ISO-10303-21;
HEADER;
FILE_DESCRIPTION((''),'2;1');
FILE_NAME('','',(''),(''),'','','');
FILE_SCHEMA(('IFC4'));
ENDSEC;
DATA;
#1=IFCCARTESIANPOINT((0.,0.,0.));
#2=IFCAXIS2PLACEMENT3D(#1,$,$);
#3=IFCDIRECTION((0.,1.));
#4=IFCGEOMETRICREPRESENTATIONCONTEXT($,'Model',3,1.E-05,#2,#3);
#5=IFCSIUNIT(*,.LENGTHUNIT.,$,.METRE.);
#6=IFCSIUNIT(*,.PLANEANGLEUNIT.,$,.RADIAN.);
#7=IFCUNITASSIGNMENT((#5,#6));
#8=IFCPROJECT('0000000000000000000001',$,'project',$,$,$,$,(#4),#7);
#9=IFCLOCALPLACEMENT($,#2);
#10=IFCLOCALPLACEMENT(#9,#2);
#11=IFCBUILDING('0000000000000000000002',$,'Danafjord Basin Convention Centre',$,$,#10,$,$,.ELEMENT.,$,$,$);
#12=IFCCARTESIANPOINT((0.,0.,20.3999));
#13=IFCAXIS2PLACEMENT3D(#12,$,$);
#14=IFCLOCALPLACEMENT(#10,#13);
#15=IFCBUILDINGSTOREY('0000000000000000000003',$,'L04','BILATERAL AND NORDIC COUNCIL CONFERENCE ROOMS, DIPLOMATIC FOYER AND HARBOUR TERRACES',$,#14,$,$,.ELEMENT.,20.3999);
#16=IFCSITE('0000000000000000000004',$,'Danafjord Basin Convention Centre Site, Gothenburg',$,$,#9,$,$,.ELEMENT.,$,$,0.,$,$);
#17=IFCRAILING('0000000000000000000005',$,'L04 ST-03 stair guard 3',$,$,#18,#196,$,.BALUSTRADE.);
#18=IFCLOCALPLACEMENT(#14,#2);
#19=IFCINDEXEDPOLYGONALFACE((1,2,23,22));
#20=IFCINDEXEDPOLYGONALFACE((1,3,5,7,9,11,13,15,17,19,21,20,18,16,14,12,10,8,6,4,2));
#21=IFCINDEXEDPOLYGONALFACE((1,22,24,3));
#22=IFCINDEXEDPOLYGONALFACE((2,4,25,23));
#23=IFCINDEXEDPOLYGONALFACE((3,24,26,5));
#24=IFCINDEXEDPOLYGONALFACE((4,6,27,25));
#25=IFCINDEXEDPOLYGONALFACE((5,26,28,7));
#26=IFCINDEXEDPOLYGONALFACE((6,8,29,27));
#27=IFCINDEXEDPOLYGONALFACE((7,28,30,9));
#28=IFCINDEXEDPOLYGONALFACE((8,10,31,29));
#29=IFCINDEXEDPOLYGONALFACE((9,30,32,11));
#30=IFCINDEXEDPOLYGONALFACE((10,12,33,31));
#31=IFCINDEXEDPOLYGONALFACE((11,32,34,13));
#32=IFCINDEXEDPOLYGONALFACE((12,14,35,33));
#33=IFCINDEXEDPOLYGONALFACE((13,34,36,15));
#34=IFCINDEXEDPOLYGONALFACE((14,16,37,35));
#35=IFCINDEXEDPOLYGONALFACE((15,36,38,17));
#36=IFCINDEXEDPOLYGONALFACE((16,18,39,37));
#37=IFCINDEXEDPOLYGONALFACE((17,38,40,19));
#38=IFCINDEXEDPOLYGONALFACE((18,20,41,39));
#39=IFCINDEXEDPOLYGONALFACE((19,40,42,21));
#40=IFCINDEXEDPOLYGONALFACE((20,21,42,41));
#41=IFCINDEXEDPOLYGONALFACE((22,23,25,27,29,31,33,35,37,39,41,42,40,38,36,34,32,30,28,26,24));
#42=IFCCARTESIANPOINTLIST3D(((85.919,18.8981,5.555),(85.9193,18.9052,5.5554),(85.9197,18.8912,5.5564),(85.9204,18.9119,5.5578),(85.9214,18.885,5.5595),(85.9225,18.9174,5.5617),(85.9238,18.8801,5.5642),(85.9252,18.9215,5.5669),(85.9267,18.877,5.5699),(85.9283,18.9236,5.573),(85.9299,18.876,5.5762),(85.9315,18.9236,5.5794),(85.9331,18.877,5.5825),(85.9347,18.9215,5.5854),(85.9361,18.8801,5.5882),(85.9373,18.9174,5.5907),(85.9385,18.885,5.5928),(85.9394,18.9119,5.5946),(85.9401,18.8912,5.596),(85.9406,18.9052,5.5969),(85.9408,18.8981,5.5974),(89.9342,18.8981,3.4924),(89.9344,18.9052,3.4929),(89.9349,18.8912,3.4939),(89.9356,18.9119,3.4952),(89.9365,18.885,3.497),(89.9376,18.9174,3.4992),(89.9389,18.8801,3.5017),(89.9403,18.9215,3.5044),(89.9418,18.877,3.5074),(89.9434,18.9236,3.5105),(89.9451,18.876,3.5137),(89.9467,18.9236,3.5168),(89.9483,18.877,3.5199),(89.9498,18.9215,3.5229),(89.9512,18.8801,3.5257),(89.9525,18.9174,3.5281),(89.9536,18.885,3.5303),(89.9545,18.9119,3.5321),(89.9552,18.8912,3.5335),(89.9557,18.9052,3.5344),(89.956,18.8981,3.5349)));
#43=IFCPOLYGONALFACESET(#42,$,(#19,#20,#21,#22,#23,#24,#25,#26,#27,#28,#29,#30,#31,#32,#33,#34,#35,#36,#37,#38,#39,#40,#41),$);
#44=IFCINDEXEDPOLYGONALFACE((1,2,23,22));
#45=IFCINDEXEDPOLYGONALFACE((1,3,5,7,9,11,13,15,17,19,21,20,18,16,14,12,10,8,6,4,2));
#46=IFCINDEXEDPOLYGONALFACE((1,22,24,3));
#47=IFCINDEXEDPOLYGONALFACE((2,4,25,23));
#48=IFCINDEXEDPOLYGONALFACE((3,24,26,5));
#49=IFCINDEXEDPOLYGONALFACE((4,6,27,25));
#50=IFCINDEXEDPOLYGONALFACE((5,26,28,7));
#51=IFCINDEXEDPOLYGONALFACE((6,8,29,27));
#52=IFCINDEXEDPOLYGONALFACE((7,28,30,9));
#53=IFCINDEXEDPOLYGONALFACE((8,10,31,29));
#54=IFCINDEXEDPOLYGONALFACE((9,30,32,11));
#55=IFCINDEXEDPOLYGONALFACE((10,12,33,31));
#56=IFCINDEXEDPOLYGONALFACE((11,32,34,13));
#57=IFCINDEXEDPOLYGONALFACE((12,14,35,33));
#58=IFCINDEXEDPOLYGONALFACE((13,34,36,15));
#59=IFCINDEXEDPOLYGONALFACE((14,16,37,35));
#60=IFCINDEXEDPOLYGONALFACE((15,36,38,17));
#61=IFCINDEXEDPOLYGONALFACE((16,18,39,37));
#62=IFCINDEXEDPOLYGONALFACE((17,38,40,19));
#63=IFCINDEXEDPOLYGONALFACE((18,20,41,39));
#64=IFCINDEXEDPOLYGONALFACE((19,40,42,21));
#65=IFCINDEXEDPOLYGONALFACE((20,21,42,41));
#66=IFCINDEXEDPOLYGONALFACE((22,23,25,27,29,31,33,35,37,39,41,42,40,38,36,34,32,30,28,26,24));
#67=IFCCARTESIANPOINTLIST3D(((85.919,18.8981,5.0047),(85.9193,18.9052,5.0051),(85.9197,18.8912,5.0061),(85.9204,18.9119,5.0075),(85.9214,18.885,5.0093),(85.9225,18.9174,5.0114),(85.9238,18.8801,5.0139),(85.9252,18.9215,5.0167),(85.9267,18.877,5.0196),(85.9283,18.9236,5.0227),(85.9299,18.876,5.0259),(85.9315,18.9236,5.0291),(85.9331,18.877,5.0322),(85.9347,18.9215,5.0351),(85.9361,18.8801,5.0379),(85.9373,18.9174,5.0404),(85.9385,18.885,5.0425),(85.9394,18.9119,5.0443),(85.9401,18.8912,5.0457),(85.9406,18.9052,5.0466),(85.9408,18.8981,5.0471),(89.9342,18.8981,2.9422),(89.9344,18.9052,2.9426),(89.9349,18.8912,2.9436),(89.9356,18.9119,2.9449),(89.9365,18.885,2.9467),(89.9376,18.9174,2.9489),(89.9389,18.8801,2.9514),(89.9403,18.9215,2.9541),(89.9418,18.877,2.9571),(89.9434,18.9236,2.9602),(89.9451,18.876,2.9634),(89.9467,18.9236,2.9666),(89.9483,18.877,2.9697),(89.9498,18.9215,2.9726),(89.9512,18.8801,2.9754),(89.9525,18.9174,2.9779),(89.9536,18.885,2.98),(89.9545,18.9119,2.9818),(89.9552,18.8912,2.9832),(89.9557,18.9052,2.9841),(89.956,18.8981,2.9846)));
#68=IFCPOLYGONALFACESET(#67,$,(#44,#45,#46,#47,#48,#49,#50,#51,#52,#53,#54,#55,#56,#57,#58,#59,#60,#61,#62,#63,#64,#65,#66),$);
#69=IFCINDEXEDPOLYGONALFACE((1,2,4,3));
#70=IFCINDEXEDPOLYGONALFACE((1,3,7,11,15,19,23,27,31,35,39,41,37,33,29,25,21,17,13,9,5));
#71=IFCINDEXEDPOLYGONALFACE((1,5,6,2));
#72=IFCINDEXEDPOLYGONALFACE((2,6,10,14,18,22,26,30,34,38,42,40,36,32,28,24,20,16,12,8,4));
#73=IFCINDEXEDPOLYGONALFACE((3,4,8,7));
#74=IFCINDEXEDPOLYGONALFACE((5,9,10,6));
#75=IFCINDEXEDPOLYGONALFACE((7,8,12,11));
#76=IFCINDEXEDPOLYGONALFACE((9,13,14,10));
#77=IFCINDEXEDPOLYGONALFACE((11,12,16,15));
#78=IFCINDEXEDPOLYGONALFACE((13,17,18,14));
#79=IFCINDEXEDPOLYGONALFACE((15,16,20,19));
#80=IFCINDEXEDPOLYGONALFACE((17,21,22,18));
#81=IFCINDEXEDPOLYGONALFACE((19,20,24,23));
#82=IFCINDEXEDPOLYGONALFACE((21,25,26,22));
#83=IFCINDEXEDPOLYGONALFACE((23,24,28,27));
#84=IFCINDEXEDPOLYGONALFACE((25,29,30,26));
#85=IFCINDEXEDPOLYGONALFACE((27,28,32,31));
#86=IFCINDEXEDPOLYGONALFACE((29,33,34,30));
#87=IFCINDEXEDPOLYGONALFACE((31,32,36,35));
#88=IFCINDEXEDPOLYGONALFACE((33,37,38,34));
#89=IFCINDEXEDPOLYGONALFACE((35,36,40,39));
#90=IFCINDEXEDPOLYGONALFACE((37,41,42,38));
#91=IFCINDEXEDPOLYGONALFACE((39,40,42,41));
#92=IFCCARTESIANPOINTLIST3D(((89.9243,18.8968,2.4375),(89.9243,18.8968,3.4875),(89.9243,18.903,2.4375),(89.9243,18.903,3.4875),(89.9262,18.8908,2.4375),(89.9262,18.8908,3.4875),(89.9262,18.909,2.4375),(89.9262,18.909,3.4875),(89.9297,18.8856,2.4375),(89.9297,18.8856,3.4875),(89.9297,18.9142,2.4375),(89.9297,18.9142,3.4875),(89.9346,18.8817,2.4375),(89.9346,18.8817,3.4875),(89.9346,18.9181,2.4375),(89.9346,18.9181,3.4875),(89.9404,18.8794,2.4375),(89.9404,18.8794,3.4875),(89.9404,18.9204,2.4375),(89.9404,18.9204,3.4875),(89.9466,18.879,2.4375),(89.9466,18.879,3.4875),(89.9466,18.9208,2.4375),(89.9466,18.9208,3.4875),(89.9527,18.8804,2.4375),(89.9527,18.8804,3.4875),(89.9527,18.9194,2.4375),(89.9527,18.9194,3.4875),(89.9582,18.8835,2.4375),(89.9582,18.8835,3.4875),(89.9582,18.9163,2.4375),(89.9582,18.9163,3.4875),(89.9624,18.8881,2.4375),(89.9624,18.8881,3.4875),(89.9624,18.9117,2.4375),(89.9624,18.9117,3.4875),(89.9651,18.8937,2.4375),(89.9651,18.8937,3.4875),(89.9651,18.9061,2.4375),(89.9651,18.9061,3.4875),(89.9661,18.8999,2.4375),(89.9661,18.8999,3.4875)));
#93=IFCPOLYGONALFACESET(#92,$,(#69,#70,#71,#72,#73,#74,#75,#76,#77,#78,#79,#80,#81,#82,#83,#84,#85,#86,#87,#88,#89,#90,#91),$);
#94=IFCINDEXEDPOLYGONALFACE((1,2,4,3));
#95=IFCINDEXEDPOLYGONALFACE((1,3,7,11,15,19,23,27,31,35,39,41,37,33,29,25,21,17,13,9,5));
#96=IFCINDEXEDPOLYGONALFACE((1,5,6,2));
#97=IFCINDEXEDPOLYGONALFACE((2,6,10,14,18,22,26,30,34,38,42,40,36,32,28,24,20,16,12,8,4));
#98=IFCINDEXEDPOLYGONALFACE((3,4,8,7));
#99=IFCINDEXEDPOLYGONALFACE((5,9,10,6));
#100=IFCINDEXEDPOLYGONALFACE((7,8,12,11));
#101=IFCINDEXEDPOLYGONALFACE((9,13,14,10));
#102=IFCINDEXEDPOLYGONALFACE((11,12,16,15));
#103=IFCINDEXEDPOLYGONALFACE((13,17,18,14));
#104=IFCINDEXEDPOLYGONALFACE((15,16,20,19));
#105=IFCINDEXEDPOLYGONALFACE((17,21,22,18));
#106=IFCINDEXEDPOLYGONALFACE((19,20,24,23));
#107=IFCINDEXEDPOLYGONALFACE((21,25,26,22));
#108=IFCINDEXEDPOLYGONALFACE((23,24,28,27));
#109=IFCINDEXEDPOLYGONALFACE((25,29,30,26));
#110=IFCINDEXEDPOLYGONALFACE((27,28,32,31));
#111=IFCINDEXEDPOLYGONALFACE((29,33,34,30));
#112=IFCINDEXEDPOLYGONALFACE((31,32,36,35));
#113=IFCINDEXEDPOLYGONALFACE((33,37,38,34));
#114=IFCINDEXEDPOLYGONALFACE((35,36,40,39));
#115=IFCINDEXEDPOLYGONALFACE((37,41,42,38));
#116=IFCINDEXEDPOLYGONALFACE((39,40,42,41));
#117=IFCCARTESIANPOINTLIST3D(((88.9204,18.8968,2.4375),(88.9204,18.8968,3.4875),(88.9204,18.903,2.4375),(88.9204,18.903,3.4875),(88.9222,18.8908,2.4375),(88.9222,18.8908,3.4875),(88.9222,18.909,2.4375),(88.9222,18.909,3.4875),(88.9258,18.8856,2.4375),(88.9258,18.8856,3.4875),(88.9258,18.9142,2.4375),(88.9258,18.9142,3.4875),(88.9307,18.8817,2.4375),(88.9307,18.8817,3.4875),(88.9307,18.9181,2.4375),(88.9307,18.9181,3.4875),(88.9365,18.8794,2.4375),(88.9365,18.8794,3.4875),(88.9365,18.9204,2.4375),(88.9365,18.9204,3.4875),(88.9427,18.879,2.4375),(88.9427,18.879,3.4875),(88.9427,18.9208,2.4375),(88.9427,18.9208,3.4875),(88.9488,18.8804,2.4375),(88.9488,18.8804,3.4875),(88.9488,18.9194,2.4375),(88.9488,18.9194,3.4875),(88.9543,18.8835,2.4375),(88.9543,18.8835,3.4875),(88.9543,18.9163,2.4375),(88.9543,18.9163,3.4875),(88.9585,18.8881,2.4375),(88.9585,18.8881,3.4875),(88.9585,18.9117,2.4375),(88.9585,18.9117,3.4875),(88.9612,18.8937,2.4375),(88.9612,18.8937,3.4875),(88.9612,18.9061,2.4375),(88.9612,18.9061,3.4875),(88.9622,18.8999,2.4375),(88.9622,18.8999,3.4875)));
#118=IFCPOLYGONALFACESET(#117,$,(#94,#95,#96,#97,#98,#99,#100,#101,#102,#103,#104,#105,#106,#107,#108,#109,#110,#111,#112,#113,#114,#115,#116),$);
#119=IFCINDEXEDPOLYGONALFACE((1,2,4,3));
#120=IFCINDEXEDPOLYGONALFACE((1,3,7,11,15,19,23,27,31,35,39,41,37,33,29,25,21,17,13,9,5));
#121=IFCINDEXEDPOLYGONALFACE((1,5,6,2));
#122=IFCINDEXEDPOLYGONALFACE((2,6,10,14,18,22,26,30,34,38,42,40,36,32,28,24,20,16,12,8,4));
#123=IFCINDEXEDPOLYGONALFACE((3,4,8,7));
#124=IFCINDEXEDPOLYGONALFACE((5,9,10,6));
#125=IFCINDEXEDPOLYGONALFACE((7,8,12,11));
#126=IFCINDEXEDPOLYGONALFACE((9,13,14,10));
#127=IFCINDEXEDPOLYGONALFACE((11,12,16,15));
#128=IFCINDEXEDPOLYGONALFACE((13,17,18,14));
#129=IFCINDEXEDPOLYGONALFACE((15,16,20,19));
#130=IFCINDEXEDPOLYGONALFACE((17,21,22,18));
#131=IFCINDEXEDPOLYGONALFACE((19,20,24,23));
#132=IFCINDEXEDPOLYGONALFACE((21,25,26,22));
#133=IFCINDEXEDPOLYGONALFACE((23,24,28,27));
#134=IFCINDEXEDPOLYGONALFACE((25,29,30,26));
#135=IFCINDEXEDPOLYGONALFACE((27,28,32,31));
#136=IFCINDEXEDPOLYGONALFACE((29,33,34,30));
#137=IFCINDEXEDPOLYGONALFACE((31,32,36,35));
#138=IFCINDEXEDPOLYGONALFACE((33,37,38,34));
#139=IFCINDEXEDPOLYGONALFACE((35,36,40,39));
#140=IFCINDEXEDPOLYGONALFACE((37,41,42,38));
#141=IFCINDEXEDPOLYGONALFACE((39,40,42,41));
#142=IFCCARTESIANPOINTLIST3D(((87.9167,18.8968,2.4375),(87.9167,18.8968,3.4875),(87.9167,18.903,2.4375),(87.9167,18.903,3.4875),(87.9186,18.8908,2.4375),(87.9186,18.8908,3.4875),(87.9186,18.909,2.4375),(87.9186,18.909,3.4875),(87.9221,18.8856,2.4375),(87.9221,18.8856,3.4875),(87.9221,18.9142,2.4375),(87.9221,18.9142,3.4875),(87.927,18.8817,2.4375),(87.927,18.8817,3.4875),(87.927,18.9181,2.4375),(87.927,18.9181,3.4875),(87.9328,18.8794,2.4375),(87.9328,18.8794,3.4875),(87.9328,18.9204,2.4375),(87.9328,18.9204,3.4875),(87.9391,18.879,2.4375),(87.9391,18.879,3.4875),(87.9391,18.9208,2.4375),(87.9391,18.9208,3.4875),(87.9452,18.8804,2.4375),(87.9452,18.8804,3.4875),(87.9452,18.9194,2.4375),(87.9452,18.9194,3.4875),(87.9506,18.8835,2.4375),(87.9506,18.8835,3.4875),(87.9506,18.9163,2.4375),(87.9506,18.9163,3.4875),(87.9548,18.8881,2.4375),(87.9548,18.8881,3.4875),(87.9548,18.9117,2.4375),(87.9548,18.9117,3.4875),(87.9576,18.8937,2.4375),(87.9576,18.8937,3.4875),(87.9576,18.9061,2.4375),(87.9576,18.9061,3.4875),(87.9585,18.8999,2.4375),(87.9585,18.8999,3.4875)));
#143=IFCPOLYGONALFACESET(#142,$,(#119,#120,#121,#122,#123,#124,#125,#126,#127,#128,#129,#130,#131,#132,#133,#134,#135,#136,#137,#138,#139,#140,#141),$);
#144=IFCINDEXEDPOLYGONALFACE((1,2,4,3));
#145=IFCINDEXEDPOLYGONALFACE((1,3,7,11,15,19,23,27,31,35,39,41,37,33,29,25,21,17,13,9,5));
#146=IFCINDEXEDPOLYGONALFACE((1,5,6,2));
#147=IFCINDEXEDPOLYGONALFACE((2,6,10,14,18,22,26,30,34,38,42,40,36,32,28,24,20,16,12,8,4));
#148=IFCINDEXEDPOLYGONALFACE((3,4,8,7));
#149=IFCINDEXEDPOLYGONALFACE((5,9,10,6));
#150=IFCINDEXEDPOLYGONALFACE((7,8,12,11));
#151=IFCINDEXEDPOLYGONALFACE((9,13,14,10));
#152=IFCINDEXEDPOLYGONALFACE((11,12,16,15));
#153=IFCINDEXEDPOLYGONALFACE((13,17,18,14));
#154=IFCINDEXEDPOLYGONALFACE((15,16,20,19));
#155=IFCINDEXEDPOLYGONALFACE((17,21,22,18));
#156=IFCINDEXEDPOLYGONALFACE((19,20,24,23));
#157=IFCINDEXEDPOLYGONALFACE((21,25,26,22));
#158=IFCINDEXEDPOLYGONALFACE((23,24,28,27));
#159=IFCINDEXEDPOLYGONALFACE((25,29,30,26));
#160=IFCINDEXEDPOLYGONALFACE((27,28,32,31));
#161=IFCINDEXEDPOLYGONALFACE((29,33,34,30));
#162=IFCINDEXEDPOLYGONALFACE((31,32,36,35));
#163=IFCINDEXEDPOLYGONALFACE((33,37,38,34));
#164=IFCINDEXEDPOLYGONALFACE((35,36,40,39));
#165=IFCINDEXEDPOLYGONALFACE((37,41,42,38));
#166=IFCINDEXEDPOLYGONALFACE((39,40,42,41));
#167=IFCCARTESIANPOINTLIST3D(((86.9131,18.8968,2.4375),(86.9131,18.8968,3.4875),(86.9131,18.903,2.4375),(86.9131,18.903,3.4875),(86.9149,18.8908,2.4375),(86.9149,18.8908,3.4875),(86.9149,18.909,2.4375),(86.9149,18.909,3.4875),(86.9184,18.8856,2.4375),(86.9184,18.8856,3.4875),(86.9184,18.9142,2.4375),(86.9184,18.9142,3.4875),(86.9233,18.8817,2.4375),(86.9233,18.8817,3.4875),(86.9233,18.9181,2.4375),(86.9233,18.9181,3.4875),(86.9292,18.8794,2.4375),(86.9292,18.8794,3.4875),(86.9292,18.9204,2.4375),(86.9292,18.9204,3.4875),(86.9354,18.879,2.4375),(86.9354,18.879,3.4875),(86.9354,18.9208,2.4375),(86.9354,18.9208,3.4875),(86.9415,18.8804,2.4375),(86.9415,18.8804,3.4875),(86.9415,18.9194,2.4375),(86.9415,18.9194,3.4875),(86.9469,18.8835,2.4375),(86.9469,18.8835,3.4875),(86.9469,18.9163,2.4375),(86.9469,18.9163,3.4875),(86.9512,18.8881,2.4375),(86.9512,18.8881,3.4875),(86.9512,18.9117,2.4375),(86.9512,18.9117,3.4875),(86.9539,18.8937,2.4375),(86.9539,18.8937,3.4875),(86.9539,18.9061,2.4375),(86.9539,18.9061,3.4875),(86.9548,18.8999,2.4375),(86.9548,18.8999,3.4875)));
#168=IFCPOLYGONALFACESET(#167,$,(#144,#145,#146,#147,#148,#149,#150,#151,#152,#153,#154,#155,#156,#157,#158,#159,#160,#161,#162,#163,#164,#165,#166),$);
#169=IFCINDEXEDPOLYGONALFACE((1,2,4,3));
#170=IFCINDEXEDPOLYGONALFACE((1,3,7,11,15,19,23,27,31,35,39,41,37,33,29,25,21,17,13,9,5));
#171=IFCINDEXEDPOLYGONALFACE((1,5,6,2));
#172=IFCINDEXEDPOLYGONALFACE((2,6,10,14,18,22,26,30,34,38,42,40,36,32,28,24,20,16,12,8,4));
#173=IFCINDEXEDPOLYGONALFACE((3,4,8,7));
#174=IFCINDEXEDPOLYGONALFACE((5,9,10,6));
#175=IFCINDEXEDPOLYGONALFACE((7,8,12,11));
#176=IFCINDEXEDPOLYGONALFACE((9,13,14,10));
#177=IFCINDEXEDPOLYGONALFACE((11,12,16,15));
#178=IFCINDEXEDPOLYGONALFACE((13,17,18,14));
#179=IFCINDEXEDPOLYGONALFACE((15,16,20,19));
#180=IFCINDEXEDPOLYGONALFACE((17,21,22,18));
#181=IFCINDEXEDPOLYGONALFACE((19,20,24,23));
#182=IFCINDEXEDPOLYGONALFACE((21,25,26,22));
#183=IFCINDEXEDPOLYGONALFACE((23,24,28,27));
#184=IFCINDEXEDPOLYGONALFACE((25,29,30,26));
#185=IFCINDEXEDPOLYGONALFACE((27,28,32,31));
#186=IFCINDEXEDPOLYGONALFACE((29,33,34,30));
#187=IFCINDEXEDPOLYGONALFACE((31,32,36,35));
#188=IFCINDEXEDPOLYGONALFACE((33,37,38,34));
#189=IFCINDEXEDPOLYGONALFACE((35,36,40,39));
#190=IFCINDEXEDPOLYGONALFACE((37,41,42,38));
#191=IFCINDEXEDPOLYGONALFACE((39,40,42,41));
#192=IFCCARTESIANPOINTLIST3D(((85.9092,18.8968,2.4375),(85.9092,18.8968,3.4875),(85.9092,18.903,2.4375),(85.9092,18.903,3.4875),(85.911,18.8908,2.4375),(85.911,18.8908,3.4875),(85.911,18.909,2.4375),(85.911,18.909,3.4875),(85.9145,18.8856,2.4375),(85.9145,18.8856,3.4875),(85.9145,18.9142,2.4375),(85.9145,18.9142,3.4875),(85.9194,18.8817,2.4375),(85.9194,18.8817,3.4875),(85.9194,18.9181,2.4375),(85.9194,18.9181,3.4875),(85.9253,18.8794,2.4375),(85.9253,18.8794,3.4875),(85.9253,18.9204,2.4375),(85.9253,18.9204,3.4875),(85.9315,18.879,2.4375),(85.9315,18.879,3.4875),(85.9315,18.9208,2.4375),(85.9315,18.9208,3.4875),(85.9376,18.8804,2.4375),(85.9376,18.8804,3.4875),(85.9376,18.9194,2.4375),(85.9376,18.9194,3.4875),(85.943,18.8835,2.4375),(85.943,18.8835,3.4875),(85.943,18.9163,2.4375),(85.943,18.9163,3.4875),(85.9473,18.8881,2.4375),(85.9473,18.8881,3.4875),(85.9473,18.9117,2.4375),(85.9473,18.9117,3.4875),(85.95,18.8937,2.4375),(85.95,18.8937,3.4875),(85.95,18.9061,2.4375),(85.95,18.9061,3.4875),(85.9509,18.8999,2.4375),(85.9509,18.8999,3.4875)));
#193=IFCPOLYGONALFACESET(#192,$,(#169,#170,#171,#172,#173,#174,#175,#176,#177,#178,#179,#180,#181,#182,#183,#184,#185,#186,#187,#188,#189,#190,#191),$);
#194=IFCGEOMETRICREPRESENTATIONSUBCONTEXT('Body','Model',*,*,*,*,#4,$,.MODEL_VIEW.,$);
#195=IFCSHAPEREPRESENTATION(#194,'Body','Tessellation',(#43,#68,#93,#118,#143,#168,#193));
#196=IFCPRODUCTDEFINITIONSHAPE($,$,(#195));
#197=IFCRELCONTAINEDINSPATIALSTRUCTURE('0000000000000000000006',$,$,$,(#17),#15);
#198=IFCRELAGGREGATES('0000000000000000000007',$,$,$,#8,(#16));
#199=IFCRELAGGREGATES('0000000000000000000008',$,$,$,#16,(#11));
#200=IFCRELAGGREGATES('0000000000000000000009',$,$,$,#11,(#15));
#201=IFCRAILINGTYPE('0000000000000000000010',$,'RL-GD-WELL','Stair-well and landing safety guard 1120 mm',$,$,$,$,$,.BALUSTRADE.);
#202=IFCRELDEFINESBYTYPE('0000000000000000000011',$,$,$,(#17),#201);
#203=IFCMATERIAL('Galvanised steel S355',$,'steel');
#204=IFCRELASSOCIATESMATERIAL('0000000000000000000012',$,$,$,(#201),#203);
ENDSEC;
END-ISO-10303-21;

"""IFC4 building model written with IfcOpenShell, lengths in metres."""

from ifc_helpers import new_model, si_unit, direction, frame, origin, origin_2d, place, context, subcontext, project, spatial, circle, extrude, material, type_object, element, save


model = new_model("IFC4")

# Units and contexts
model_context = context("Model", 3, precision=1e-05, world=origin(), true_north=direction((0.0, 1.0)))
body_context = subcontext(model_context, "Body", "Model", "MODEL_VIEW")
ifc_project = project(units=[si_unit("LENGTHUNIT", "METRE"), si_unit("PLANEANGLEUNIT", "RADIAN")], contexts=[model_context])

# Site, building, storey
site_placement = place(None, origin())
site = spatial("IfcSite", under=ifc_project, at=site_placement, Name="Danafjord Basin Convention Centre Site, Gothenburg", CompositionType="ELEMENT", RefElevation=0.0)
building_placement = place(site_placement, origin())
building = spatial("IfcBuilding", under=site, at=building_placement, Name="Danafjord Basin Convention Centre", CompositionType="ELEMENT")
storey_placement = place(building_placement, frame((0.0, 0.0, 20.3999)))
storey = spatial("IfcBuildingStorey", under=building, at=storey_placement, Name="L04", Description="BILATERAL AND NORDIC COUNCIL CONFERENCE ROOMS, DIPLOMATIC FOYER AND HARBOUR TERRACES", CompositionType="ELEMENT", Elevation=20.3999)

# Railing
ifc_material_1 = material(Name="Galvanised steel S355", Category="steel")
railing_type_1 = type_object("IfcRailingType", Name="RL-GD-WELL", Description="Stair-well and landing safety guard 1120 mm", PredefinedType="BALUSTRADE", material=ifc_material_1)
railing_1_placement = place(storey_placement, frame((89.9451, 18.8999, 2.4375)))
element("IfcRailing", 1, at=railing_1_placement, inside=storey, type_object=railing_type_1, Name="L04 ST-03 stair guard 3", PredefinedType="BALUSTRADE", context=body_context, shape_type="SweptSolid", body=[
    extrude(circle(Radius=0.0239, at=origin_2d()), frame((0.0, 0.0, 1.0762), z_axis=(-0.889506, 0.0, 0.456923), x_axis=(0.0, -1.0, 0.0)), (0.0, 0.0, 1.0), 4.5139),
    extrude(circle(Radius=0.0239, at=origin_2d()), frame((0.0, 0.0, 0.5259), z_axis=(-0.889506, 0.0, 0.456923), x_axis=(0.0, -1.0, 0.0)), (0.0, 0.0, 1.0), 4.5139),
    extrude(circle(Radius=0.021, at=origin_2d()), origin(), (0.0, 0.0, 1.0), 1.05),
    extrude(circle(Radius=0.021, at=origin_2d()), frame((-1.0039, 0.0, 0.0)), (0.0, 0.0, 1.0), 1.05),
    extrude(circle(Radius=0.021, at=origin_2d()), frame((-2.0076, 0.0, 0.0)), (0.0, 0.0, 1.0), 1.05),
    extrude(circle(Radius=0.021, at=origin_2d()), frame((-3.0112, 0.0, 0.0)), (0.0, 0.0, 1.0), 1.05),
    extrude(circle(Radius=0.021, at=origin_2d()), frame((-4.0151, 0.0, 0.0)), (0.0, 0.0, 1.0), 1.05),
])

save(model, "model.ifc")
